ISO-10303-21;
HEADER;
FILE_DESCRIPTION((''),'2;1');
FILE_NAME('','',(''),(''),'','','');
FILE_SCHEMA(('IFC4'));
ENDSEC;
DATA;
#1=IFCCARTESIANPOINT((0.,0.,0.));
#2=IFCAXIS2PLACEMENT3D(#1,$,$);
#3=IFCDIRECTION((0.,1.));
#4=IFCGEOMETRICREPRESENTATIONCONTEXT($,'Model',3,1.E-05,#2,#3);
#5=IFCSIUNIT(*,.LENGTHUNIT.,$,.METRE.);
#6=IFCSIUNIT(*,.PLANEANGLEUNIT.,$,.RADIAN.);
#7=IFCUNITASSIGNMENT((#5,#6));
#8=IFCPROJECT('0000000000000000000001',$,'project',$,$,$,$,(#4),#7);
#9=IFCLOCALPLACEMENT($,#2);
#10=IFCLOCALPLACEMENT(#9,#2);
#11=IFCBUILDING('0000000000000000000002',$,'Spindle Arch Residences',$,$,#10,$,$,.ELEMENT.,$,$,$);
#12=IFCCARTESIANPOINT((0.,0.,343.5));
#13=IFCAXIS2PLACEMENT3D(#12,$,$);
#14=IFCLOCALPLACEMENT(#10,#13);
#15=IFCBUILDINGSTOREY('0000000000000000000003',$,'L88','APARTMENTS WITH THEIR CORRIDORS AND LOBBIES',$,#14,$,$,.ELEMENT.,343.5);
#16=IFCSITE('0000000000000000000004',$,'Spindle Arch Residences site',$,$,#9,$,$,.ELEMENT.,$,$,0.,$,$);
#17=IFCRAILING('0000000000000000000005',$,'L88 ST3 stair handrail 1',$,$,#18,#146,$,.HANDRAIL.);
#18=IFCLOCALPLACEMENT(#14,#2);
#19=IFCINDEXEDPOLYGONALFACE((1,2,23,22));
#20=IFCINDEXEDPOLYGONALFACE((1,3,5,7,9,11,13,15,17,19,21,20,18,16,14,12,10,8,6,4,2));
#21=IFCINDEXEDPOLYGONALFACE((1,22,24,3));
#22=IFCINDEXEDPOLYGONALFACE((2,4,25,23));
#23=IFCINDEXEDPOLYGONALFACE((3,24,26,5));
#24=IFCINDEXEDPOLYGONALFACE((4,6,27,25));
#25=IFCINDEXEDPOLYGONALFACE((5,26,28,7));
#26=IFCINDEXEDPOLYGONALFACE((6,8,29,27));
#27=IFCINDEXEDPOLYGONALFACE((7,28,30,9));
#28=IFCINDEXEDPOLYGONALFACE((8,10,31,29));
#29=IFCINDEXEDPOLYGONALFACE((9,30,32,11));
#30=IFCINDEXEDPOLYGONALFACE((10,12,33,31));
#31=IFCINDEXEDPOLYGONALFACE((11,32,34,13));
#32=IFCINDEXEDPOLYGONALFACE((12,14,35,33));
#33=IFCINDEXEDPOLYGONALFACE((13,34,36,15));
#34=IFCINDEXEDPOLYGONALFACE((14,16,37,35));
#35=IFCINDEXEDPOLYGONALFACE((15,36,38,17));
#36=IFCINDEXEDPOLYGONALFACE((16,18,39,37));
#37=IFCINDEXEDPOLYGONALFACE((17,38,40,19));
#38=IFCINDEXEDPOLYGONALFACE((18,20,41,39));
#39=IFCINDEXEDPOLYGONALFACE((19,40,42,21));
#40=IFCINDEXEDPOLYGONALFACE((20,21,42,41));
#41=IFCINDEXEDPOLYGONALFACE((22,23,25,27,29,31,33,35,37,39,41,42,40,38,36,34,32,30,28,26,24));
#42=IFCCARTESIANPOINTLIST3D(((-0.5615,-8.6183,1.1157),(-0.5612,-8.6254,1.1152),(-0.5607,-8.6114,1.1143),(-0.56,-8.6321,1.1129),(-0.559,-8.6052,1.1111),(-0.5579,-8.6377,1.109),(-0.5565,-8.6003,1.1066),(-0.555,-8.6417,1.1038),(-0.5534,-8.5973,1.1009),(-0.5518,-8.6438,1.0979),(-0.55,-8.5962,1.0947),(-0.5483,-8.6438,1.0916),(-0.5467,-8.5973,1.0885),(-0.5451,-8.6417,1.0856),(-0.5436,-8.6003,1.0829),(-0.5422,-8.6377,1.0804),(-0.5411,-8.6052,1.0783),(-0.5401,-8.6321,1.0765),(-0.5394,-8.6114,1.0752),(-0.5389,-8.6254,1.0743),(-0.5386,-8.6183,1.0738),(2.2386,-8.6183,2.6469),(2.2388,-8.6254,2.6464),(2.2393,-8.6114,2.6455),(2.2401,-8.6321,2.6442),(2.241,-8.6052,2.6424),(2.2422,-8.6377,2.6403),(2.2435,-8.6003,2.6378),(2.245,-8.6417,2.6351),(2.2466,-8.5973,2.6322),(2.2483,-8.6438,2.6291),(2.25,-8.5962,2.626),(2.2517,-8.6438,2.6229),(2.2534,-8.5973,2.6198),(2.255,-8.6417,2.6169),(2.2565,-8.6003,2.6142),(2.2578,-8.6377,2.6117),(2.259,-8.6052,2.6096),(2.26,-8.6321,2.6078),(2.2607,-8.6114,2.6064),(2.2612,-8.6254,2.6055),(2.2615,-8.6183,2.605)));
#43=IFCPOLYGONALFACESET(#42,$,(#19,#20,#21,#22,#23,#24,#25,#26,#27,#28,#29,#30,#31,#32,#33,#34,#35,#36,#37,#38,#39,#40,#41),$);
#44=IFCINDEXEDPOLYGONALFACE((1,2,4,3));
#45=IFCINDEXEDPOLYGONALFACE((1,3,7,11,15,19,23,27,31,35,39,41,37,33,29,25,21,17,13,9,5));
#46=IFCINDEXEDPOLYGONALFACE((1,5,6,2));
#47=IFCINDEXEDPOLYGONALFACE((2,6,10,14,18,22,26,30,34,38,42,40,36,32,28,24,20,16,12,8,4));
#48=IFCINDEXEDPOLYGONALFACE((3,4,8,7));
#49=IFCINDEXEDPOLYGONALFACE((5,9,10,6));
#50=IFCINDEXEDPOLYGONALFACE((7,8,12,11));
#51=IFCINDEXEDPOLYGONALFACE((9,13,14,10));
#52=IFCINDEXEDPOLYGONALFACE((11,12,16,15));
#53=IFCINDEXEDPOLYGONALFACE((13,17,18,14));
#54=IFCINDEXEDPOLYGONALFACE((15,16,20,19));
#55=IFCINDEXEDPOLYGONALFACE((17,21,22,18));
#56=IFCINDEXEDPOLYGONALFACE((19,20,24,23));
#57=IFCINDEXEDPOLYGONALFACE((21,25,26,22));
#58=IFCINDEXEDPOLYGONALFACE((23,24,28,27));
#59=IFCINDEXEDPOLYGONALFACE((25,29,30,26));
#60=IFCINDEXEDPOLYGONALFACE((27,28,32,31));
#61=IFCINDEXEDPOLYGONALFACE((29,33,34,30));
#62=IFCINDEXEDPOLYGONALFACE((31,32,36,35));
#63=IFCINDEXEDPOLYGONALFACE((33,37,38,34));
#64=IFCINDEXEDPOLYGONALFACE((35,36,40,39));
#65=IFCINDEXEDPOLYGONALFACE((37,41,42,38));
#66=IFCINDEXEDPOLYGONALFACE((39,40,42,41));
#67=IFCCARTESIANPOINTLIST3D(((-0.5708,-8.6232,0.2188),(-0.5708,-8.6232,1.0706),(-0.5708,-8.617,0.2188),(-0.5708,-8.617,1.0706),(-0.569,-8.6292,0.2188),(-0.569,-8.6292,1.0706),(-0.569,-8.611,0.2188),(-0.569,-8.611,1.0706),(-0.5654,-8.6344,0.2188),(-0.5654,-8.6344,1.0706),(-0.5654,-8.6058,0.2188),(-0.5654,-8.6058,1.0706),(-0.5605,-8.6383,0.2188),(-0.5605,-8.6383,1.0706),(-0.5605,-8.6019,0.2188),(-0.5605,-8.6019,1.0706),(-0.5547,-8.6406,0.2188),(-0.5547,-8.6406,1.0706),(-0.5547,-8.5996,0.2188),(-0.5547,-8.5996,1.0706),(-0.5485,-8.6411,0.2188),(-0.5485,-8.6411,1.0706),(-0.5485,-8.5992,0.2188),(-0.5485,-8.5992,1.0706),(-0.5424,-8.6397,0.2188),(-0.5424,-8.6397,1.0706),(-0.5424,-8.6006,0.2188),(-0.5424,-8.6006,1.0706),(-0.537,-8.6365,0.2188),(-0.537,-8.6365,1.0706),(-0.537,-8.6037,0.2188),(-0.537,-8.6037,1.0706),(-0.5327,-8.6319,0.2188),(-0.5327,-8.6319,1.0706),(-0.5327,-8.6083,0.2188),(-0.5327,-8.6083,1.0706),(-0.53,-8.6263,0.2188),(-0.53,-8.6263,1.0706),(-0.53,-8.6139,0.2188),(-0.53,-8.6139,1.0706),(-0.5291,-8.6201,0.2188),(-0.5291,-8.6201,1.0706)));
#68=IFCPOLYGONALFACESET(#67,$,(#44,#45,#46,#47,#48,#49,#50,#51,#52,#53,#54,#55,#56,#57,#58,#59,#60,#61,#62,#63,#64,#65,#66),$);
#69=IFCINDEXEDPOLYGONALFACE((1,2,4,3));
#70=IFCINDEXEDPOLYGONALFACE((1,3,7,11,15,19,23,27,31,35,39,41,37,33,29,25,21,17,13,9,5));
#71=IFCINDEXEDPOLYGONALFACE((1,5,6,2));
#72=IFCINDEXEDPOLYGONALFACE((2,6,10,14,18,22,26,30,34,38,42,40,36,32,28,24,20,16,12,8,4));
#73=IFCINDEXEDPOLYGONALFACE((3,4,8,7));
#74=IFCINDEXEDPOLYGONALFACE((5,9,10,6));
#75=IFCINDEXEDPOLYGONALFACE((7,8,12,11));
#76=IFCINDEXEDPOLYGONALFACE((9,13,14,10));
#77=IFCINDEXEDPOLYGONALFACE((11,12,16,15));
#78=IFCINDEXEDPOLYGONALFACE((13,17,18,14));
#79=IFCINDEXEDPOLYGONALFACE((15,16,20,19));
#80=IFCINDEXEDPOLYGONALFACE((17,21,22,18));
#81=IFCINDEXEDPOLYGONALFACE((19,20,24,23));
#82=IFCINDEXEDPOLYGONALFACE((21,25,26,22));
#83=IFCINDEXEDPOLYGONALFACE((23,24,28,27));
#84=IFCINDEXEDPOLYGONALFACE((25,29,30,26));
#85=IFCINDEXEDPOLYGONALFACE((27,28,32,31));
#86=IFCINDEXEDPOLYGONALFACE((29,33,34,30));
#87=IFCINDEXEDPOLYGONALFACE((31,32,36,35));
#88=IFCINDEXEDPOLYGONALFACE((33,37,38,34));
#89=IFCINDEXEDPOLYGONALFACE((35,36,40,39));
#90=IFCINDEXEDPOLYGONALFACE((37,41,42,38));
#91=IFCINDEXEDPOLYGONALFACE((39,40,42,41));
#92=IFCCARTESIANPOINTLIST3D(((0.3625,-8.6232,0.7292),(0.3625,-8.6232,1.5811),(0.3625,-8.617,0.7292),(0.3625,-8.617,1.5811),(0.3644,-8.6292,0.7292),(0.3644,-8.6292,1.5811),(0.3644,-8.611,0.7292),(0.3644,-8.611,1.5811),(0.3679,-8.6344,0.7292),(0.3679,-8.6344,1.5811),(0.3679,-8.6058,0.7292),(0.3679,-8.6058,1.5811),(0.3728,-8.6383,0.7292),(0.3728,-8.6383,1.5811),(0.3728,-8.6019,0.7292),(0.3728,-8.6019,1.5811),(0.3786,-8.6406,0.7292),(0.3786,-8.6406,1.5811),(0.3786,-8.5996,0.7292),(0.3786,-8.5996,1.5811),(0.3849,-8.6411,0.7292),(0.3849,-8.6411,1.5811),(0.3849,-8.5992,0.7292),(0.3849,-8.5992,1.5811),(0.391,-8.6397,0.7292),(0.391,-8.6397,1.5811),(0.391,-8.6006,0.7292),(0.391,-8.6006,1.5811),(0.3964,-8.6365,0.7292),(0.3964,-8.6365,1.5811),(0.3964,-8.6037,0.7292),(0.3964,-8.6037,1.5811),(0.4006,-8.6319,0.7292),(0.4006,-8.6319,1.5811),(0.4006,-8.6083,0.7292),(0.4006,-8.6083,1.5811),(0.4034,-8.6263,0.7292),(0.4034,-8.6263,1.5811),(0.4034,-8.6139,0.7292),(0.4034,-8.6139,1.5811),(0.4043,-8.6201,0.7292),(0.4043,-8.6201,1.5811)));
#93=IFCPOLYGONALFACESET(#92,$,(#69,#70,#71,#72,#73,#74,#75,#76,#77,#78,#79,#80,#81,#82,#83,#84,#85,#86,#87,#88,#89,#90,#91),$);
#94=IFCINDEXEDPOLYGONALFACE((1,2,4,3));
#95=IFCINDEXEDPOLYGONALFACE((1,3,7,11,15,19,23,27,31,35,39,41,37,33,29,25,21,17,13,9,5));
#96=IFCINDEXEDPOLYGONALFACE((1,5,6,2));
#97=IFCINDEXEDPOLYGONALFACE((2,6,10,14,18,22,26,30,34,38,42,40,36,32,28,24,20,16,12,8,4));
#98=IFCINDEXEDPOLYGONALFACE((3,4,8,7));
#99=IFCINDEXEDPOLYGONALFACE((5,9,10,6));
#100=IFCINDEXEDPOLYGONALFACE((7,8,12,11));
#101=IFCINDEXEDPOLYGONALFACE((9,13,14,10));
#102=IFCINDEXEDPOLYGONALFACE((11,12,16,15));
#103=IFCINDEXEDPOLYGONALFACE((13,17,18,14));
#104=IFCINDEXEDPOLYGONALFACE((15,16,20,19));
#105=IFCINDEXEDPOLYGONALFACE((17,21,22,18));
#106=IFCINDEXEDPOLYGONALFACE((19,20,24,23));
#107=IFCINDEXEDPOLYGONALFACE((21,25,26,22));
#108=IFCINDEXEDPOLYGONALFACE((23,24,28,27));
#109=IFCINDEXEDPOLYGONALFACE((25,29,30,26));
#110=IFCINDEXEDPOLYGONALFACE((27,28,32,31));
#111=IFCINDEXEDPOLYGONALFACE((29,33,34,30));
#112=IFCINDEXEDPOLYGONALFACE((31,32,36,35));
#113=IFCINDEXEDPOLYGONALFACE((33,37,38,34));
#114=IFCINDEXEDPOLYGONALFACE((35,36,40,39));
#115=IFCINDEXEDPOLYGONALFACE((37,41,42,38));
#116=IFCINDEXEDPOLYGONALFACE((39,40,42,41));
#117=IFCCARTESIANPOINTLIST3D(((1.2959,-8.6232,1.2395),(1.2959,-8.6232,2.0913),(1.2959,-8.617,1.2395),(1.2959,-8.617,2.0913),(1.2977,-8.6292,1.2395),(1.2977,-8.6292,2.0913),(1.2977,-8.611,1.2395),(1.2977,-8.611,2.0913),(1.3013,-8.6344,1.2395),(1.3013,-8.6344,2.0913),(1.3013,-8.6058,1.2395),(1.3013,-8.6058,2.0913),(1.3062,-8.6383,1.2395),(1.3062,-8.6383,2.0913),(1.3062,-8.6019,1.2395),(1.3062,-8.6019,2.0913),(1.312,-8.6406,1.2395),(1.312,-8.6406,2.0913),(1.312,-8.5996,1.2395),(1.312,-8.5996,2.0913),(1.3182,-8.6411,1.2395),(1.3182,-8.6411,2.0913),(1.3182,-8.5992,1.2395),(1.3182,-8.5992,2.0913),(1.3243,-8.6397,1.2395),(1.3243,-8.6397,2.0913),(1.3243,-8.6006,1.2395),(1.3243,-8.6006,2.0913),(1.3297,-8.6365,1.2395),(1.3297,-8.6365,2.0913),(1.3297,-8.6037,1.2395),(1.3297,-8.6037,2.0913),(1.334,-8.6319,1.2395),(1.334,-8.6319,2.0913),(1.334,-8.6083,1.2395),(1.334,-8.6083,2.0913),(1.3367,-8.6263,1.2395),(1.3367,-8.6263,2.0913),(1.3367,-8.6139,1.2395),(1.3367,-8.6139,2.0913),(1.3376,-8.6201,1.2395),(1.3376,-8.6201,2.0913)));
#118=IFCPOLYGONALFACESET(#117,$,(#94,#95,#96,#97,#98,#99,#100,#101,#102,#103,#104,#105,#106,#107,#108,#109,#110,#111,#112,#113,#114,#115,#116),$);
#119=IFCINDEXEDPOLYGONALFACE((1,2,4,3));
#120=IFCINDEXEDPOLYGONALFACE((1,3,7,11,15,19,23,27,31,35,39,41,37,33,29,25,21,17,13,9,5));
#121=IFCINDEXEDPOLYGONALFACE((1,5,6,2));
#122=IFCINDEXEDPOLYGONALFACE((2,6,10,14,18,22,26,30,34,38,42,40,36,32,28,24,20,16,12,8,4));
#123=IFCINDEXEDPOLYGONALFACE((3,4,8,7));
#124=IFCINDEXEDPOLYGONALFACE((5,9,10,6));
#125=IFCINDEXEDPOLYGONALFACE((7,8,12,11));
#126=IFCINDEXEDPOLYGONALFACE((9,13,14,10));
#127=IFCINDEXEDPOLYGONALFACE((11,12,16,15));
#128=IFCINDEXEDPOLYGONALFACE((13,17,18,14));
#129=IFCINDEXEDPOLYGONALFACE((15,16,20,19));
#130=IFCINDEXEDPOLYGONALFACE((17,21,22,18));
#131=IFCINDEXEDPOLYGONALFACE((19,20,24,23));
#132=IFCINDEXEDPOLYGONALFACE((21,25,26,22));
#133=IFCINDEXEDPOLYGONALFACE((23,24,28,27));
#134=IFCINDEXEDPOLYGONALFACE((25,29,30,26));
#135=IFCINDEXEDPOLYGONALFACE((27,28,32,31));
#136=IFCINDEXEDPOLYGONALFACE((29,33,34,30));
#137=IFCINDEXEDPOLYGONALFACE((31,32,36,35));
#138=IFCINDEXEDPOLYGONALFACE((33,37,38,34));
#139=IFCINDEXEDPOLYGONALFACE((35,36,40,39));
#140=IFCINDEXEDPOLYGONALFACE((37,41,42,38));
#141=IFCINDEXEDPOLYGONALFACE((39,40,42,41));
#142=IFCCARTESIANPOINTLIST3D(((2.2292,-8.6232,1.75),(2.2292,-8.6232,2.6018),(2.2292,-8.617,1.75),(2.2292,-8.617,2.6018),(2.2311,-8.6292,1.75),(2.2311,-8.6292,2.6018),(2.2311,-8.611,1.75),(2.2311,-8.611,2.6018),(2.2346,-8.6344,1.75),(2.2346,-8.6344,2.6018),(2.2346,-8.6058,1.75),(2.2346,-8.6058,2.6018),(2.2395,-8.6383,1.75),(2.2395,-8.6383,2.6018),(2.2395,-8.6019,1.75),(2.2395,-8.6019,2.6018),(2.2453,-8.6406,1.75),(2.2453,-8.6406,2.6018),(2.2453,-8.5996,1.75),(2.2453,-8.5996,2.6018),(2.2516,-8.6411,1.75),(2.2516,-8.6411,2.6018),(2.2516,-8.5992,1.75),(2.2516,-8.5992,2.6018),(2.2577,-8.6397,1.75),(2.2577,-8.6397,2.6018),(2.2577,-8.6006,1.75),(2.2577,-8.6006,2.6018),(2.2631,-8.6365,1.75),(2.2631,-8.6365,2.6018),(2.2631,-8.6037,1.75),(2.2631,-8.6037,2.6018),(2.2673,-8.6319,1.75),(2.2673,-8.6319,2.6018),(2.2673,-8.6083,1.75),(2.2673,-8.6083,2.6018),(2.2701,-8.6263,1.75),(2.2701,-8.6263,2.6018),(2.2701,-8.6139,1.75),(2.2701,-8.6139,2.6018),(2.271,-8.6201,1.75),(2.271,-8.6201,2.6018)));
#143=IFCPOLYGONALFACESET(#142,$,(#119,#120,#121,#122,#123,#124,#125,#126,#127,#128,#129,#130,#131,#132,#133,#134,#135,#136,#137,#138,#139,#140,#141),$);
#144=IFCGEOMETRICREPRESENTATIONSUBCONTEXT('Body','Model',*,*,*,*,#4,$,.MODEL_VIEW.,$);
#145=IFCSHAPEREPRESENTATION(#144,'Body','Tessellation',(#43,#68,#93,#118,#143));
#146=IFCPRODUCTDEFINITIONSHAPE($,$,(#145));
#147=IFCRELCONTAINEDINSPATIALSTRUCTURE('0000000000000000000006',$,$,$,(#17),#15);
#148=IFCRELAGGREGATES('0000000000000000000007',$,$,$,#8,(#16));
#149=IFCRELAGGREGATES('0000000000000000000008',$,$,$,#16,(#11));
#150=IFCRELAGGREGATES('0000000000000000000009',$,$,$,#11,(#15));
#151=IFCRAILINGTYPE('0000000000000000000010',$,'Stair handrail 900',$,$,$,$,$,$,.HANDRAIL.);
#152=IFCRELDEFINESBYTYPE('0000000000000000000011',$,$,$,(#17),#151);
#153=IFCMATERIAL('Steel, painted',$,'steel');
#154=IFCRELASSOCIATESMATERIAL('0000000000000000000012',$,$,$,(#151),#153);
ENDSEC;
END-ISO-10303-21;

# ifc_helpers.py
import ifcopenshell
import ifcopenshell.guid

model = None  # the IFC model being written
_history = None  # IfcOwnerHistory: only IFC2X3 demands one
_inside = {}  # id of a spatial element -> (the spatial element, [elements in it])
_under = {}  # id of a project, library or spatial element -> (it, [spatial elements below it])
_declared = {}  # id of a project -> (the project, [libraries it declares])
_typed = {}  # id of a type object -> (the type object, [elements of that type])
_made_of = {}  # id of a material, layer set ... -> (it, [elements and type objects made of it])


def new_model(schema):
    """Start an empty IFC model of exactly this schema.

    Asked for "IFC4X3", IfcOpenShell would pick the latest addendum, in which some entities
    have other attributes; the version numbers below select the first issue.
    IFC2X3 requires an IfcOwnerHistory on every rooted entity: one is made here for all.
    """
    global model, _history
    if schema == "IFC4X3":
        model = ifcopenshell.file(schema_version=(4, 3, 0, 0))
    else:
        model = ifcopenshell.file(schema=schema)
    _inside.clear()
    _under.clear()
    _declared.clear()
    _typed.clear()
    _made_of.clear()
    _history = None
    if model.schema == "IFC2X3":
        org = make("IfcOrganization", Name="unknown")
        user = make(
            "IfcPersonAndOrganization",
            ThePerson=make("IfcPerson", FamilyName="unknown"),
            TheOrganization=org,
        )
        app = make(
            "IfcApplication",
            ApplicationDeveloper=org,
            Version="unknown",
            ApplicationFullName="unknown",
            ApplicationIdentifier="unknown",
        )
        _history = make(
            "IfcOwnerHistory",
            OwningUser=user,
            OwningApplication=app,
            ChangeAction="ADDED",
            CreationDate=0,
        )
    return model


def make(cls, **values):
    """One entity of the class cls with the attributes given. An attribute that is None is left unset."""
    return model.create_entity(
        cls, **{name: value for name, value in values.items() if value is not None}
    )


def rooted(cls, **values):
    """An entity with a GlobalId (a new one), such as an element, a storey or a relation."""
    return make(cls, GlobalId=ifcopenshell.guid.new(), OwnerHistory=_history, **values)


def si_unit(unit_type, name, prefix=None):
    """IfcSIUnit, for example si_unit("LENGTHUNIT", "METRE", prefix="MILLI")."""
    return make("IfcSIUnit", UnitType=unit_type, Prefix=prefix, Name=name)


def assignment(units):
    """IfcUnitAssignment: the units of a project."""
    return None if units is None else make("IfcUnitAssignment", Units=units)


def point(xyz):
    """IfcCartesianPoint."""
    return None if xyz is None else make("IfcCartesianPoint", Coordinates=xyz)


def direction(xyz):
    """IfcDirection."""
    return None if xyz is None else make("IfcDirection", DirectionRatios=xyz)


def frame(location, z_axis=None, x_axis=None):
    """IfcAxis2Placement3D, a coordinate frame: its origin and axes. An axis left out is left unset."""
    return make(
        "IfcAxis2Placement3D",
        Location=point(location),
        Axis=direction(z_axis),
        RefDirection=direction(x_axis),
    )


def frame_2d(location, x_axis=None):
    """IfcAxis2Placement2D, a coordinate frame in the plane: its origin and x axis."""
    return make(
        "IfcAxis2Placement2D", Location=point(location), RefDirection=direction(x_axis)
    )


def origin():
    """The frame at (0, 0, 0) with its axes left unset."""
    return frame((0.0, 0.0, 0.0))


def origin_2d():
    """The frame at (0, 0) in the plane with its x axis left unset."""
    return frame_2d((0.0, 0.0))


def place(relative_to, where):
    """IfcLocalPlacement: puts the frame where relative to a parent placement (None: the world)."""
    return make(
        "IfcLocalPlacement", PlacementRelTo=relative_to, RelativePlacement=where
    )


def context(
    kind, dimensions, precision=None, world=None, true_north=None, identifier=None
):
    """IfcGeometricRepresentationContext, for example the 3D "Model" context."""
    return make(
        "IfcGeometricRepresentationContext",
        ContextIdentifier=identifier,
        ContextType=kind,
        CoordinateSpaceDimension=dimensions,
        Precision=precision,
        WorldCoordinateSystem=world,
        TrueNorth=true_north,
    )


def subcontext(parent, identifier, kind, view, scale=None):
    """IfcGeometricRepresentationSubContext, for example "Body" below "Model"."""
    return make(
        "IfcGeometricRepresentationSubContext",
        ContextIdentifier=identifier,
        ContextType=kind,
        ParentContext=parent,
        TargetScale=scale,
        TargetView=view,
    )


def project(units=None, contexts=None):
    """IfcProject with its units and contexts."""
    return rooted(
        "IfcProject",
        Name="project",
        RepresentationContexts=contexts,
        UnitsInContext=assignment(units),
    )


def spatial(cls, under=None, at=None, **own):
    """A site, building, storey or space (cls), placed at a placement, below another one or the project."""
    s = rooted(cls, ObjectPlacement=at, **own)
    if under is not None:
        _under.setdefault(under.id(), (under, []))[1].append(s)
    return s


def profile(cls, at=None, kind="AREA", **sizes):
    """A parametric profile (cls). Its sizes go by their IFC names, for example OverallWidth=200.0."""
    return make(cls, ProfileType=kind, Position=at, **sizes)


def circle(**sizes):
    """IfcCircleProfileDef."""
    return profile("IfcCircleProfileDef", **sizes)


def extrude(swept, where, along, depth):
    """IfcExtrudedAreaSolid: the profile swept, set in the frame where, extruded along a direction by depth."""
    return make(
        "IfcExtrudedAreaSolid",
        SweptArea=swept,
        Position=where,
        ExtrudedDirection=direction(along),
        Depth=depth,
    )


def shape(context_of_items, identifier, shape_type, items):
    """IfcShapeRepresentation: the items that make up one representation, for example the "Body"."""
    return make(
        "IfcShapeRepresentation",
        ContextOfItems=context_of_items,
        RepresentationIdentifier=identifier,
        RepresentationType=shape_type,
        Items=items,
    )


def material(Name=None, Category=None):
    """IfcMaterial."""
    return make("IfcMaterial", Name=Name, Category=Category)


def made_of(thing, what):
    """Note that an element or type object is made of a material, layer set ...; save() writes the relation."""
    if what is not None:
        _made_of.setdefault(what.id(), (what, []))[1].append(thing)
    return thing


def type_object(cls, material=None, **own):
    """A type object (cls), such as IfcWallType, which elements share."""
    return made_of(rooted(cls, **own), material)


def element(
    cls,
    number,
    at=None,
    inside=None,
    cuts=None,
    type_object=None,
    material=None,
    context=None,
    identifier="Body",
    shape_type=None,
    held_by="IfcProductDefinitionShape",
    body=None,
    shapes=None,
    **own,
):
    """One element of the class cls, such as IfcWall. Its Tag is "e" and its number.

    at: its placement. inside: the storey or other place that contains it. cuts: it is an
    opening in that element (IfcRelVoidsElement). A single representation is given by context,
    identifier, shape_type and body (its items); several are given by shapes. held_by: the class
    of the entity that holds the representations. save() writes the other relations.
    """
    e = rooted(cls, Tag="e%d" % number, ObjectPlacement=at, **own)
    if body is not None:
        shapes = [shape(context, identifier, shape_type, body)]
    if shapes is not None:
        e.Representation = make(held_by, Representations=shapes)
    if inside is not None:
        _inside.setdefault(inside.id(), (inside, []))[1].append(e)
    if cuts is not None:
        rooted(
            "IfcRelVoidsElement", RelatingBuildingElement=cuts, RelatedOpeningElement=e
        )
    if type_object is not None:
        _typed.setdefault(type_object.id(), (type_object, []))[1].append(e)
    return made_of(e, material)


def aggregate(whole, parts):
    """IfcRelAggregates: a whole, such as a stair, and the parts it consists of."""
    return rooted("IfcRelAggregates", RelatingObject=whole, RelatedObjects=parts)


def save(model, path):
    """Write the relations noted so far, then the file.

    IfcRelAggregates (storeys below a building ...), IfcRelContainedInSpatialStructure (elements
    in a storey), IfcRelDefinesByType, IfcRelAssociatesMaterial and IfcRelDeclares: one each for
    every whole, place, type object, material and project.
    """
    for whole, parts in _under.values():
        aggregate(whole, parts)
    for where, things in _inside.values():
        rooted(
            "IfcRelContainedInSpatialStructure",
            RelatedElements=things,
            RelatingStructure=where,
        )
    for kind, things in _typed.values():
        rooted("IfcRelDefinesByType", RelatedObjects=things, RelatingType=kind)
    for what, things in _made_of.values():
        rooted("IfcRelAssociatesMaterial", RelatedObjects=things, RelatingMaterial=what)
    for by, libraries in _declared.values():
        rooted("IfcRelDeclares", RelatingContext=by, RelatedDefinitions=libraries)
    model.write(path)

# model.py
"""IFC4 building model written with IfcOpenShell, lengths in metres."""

from ifc_helpers import new_model, si_unit, direction, frame, origin, origin_2d, place, context, subcontext, project, spatial, circle, extrude, material, type_object, element, save


model = new_model("IFC4")

# Units and contexts
model_context = context("Model", 3, precision=1e-05, world=origin(), true_north=direction((0.0, 1.0)))
body_context = subcontext(model_context, "Body", "Model", "MODEL_VIEW")
ifc_project = project(units=[si_unit("LENGTHUNIT", "METRE"), si_unit("PLANEANGLEUNIT", "RADIAN")], contexts=[model_context])

# Site, building, storey
site_placement = place(None, origin())
site = spatial("IfcSite", under=ifc_project, at=site_placement, Name="Spindle Arch Residences site", CompositionType="ELEMENT", RefElevation=0.0)
building_placement = place(site_placement, origin())
building = spatial("IfcBuilding", under=site, at=building_placement, Name="Spindle Arch Residences", CompositionType="ELEMENT")
storey_placement = place(building_placement, frame((0.0, 0.0, 343.5)))
storey = spatial("IfcBuildingStorey", under=building, at=storey_placement, Name="L88", Description="APARTMENTS WITH THEIR CORRIDORS AND LOBBIES", CompositionType="ELEMENT", Elevation=343.5)

# Railing
ifc_material_1 = material(Name="Steel, painted", Category="steel")
railing_type_1 = type_object("IfcRailingType", Name="Stair handrail 900", PredefinedType="HANDRAIL", material=ifc_material_1)
railing_1_placement = place(storey_placement, frame((-0.55, -8.6201, 0.2188)))
element("IfcRailing", 1, at=railing_1_placement, inside=storey, type_object=railing_type_1, Name="L88 ST3 stair handrail 1", PredefinedType="HANDRAIL", context=body_context, shape_type="SweptSolid", body=[
    extrude(circle(Radius=0.0239, at=origin_2d()), frame((0.0, 0.0, 0.876), z_axis=(0.877375, 0.0, 0.479806), x_axis=(0.0, 1.0, 0.0)), (0.0, 0.0, 1.0), 3.1914),
    extrude(circle(Radius=0.021, at=origin_2d()), origin(), (0.0, 0.0, 1.0), 0.8518),
    extrude(circle(Radius=0.021, at=origin_2d()), frame((0.9333, 0.0, 0.5105)), (0.0, 0.0, 1.0), 0.8518),
    extrude(circle(Radius=0.021, at=origin_2d()), frame((1.8667, 0.0, 1.0208)), (0.0, 0.0, 1.0), 0.8518),
    extrude(circle(Radius=0.021, at=origin_2d()), frame((2.8, 0.0, 1.5312)), (0.0, 0.0, 1.0), 0.8518),
])

save(model, "model.ifc")
